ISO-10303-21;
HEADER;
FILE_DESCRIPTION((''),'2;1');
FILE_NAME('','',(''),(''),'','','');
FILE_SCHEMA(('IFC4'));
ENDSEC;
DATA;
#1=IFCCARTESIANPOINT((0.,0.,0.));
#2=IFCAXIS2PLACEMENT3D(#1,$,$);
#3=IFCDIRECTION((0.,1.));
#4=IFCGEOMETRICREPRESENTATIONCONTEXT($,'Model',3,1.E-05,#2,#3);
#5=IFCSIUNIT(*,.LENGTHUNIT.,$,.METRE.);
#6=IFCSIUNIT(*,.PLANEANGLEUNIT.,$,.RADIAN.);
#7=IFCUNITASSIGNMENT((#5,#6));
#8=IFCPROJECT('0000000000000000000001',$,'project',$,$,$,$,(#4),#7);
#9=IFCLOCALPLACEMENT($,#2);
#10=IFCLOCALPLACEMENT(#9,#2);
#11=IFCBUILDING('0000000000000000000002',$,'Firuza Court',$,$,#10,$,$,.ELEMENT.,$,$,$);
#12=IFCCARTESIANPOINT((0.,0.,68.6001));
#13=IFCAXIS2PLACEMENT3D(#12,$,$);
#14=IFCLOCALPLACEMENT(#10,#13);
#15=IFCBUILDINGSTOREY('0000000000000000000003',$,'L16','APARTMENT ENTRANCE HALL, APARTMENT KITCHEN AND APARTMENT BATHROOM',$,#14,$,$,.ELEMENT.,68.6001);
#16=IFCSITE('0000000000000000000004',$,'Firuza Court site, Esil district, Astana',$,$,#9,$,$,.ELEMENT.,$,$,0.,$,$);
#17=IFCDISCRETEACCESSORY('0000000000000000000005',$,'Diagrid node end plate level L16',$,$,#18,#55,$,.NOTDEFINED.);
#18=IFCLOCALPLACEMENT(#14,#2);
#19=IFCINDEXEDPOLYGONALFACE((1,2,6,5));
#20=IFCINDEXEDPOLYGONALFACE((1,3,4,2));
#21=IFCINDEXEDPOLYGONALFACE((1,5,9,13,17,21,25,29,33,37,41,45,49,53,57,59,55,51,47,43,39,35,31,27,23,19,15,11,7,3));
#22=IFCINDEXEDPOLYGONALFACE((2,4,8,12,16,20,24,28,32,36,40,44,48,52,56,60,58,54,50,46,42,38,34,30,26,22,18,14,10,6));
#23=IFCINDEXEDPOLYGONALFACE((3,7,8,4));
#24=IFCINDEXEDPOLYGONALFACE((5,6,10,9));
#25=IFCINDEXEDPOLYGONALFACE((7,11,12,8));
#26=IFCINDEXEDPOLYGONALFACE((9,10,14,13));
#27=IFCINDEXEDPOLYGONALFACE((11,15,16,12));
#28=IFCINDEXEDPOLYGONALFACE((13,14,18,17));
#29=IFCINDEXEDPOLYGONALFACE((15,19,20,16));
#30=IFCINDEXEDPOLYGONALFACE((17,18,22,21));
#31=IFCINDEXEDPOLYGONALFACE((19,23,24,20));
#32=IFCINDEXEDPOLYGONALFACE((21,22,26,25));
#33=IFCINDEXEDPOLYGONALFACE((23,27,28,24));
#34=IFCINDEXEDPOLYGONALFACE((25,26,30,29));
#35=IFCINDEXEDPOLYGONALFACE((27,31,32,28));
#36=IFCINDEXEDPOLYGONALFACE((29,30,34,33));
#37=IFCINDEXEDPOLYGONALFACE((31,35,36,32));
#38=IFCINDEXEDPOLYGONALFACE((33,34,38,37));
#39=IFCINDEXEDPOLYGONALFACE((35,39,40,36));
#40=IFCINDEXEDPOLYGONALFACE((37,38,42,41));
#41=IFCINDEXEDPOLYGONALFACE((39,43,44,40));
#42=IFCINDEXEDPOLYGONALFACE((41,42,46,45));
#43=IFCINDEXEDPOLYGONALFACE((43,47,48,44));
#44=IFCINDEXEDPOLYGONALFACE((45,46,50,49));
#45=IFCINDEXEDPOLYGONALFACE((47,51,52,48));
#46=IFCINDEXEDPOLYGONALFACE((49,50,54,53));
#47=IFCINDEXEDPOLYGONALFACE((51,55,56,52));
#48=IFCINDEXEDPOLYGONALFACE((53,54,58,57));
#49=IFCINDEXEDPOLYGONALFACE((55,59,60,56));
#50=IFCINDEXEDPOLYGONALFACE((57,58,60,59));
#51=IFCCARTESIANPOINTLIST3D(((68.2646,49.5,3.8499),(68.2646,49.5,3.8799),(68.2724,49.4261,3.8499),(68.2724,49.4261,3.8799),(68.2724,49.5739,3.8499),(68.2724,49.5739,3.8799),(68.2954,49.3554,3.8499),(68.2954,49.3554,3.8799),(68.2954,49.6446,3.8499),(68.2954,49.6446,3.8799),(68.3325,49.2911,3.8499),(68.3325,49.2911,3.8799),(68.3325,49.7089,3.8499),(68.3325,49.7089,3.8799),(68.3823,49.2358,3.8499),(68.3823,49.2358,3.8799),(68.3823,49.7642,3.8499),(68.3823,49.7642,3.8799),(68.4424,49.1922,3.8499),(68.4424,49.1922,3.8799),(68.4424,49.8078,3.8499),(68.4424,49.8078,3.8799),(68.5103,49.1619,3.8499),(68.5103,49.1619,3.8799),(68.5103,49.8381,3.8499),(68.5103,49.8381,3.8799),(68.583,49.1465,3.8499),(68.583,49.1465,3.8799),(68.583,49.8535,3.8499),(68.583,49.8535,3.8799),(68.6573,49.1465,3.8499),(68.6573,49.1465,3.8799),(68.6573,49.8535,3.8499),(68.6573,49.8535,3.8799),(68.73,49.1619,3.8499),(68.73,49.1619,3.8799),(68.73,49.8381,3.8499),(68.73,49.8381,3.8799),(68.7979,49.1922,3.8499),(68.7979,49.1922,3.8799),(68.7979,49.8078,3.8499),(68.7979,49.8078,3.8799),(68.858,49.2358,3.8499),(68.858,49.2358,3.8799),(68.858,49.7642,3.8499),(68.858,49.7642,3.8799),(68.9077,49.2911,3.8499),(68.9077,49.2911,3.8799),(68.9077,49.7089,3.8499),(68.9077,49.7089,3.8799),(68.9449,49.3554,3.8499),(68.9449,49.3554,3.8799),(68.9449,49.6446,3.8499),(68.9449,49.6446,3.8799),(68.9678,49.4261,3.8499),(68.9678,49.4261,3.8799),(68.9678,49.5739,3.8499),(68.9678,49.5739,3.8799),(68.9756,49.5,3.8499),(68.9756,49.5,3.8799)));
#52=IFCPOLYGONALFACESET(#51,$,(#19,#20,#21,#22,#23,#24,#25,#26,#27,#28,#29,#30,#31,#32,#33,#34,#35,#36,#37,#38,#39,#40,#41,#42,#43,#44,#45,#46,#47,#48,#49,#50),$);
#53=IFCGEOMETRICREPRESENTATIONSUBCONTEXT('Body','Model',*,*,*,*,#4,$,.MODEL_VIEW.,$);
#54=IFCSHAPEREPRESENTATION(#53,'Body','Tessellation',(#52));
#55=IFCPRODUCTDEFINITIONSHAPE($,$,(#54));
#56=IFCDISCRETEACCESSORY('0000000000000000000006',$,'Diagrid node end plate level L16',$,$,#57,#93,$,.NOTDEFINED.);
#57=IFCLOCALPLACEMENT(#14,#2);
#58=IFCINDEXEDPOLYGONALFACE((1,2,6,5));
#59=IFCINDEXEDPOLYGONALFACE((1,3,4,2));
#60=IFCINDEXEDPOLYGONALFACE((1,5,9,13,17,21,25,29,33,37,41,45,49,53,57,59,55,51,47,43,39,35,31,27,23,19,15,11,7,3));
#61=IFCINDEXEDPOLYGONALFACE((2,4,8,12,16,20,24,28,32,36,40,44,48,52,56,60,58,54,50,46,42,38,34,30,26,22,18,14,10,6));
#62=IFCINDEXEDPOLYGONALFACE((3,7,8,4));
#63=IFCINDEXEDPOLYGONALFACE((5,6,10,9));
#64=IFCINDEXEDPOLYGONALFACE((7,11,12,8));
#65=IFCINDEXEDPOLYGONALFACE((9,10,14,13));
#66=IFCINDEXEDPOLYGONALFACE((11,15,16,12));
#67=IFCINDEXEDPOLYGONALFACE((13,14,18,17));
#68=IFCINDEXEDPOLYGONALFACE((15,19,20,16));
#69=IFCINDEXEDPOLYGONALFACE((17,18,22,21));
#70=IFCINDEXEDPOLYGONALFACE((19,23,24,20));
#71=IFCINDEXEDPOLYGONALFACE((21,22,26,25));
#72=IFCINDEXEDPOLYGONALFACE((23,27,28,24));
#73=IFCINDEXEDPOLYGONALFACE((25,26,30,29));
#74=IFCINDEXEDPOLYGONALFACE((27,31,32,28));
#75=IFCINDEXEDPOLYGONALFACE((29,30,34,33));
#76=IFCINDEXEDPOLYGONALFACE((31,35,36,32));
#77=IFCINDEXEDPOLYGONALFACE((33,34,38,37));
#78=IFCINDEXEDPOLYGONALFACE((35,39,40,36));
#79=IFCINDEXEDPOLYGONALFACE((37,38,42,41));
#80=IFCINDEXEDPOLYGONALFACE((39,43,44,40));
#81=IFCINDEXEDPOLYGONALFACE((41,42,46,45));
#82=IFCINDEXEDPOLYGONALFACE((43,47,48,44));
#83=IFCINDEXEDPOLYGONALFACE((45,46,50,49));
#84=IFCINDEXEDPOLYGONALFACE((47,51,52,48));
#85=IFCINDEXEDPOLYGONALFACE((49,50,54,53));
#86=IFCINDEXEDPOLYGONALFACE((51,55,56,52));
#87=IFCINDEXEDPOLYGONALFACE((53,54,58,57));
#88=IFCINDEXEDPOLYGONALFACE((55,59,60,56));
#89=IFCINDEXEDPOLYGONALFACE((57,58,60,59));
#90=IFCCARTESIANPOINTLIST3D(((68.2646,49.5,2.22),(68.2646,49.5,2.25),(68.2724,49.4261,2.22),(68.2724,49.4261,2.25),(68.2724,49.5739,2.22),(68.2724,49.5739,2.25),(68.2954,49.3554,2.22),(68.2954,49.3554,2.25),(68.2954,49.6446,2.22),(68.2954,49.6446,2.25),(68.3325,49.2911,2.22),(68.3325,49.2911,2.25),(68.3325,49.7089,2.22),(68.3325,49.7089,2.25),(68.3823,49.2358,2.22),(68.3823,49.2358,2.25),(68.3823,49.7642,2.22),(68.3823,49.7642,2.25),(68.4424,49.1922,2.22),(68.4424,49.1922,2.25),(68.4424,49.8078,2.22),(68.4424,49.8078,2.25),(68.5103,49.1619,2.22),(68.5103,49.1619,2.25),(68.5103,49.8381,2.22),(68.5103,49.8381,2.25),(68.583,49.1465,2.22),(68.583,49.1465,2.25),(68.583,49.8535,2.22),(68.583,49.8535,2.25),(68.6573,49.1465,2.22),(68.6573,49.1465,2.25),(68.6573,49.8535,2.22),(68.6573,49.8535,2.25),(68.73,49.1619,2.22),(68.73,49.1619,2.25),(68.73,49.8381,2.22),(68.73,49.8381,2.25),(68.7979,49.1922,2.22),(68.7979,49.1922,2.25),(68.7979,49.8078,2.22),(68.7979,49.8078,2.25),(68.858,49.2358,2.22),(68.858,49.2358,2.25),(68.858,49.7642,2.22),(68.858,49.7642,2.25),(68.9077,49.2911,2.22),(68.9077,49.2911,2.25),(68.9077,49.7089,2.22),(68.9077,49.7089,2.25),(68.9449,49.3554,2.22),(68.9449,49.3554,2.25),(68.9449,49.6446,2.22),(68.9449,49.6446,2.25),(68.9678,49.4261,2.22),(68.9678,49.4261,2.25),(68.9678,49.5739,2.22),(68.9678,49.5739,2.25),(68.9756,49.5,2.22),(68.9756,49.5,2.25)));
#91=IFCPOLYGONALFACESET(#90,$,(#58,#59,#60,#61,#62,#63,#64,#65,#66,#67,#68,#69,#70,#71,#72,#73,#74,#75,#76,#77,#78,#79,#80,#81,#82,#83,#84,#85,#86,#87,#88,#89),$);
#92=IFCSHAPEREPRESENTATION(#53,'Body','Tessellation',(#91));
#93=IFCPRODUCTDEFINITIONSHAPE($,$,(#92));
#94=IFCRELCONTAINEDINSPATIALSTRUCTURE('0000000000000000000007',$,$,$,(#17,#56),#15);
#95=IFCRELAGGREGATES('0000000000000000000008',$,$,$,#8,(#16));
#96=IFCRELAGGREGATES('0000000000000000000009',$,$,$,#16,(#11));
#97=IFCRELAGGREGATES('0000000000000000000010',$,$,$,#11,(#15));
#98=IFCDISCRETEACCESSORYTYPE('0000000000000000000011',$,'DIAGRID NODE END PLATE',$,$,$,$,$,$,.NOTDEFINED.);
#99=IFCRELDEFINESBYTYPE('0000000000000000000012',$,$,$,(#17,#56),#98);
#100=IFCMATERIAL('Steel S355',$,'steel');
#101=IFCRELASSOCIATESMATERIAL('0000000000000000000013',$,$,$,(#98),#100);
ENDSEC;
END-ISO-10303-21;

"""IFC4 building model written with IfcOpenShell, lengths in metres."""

from ifc_helpers import new_model, si_unit, direction, frame, origin, origin_2d, place, context, subcontext, project, spatial, circle, extrude, material, material_profile, profile_set, type_object, element, save


model = new_model("IFC4")

# Units and contexts
model_context = context("Model", 3, precision=1e-05, world=origin(), true_north=direction((0.0, 1.0)))
body_context = subcontext(model_context, "Body", "Model", "MODEL_VIEW")
ifc_project = project(units=[si_unit("LENGTHUNIT", "METRE"), si_unit("PLANEANGLEUNIT", "RADIAN")], contexts=[model_context])

# Site, building, storey
site_placement = place(None, origin())
site = spatial("IfcSite", under=ifc_project, at=site_placement, Name="Firuza Court site, Esil district, Astana", CompositionType="ELEMENT", RefElevation=0.0)
building_placement = place(site_placement, origin())
building = spatial("IfcBuilding", under=site, at=building_placement, Name="Firuza Court", CompositionType="ELEMENT")
storey_placement = place(building_placement, frame((0.0, 0.0, 68.6001)))
storey = spatial("IfcBuildingStorey", under=building, at=storey_placement, Name="L16", Description="APARTMENT ENTRANCE HALL, APARTMENT KITCHEN AND APARTMENT BATHROOM", CompositionType="ELEMENT", Elevation=68.6001)

# Discrete accessories
ifc_material_1 = material(Name="Steel S355", Category="steel")
ifc_material_profile_1 = material_profile(ifc_material_1, circle(Radius=0.3555, at=origin_2d()), Name="PL D711")
ifc_profile_set_1 = profile_set([ifc_material_profile_1], Name="Steel S355")
discrete_accessory_type = type_object("IfcDiscreteAccessoryType", Name="DIAGRID NODE END PLATE", PredefinedType="NOTDEFINED", material=ifc_profile_set_1)
for number, where, z_axis, x_axis, name in (
    (1, (68.6201, 49.5, 3.8499), (0.0, 0.0, 1.0), (1.0, 0.0, 0.0), "Diagrid node end plate level L16"),
    (2, (68.6201, 49.5, 2.22), (0.0, 0.0, 1.0), (1.0, 0.0, 0.0), "Diagrid node end plate level L16"),
):
    element("IfcDiscreteAccessory", number, at=place(storey_placement, frame(where, z_axis=z_axis, x_axis=x_axis)), inside=storey, type_object=discrete_accessory_type, Name=name, PredefinedType="NOTDEFINED", context=body_context, shape_type="SweptSolid", body=[
        extrude(circle(Radius=0.3555, at=origin_2d()), origin(), (0.0, 0.0, 1.0), 0.03),
    ])

save(model, "model.ifc")
